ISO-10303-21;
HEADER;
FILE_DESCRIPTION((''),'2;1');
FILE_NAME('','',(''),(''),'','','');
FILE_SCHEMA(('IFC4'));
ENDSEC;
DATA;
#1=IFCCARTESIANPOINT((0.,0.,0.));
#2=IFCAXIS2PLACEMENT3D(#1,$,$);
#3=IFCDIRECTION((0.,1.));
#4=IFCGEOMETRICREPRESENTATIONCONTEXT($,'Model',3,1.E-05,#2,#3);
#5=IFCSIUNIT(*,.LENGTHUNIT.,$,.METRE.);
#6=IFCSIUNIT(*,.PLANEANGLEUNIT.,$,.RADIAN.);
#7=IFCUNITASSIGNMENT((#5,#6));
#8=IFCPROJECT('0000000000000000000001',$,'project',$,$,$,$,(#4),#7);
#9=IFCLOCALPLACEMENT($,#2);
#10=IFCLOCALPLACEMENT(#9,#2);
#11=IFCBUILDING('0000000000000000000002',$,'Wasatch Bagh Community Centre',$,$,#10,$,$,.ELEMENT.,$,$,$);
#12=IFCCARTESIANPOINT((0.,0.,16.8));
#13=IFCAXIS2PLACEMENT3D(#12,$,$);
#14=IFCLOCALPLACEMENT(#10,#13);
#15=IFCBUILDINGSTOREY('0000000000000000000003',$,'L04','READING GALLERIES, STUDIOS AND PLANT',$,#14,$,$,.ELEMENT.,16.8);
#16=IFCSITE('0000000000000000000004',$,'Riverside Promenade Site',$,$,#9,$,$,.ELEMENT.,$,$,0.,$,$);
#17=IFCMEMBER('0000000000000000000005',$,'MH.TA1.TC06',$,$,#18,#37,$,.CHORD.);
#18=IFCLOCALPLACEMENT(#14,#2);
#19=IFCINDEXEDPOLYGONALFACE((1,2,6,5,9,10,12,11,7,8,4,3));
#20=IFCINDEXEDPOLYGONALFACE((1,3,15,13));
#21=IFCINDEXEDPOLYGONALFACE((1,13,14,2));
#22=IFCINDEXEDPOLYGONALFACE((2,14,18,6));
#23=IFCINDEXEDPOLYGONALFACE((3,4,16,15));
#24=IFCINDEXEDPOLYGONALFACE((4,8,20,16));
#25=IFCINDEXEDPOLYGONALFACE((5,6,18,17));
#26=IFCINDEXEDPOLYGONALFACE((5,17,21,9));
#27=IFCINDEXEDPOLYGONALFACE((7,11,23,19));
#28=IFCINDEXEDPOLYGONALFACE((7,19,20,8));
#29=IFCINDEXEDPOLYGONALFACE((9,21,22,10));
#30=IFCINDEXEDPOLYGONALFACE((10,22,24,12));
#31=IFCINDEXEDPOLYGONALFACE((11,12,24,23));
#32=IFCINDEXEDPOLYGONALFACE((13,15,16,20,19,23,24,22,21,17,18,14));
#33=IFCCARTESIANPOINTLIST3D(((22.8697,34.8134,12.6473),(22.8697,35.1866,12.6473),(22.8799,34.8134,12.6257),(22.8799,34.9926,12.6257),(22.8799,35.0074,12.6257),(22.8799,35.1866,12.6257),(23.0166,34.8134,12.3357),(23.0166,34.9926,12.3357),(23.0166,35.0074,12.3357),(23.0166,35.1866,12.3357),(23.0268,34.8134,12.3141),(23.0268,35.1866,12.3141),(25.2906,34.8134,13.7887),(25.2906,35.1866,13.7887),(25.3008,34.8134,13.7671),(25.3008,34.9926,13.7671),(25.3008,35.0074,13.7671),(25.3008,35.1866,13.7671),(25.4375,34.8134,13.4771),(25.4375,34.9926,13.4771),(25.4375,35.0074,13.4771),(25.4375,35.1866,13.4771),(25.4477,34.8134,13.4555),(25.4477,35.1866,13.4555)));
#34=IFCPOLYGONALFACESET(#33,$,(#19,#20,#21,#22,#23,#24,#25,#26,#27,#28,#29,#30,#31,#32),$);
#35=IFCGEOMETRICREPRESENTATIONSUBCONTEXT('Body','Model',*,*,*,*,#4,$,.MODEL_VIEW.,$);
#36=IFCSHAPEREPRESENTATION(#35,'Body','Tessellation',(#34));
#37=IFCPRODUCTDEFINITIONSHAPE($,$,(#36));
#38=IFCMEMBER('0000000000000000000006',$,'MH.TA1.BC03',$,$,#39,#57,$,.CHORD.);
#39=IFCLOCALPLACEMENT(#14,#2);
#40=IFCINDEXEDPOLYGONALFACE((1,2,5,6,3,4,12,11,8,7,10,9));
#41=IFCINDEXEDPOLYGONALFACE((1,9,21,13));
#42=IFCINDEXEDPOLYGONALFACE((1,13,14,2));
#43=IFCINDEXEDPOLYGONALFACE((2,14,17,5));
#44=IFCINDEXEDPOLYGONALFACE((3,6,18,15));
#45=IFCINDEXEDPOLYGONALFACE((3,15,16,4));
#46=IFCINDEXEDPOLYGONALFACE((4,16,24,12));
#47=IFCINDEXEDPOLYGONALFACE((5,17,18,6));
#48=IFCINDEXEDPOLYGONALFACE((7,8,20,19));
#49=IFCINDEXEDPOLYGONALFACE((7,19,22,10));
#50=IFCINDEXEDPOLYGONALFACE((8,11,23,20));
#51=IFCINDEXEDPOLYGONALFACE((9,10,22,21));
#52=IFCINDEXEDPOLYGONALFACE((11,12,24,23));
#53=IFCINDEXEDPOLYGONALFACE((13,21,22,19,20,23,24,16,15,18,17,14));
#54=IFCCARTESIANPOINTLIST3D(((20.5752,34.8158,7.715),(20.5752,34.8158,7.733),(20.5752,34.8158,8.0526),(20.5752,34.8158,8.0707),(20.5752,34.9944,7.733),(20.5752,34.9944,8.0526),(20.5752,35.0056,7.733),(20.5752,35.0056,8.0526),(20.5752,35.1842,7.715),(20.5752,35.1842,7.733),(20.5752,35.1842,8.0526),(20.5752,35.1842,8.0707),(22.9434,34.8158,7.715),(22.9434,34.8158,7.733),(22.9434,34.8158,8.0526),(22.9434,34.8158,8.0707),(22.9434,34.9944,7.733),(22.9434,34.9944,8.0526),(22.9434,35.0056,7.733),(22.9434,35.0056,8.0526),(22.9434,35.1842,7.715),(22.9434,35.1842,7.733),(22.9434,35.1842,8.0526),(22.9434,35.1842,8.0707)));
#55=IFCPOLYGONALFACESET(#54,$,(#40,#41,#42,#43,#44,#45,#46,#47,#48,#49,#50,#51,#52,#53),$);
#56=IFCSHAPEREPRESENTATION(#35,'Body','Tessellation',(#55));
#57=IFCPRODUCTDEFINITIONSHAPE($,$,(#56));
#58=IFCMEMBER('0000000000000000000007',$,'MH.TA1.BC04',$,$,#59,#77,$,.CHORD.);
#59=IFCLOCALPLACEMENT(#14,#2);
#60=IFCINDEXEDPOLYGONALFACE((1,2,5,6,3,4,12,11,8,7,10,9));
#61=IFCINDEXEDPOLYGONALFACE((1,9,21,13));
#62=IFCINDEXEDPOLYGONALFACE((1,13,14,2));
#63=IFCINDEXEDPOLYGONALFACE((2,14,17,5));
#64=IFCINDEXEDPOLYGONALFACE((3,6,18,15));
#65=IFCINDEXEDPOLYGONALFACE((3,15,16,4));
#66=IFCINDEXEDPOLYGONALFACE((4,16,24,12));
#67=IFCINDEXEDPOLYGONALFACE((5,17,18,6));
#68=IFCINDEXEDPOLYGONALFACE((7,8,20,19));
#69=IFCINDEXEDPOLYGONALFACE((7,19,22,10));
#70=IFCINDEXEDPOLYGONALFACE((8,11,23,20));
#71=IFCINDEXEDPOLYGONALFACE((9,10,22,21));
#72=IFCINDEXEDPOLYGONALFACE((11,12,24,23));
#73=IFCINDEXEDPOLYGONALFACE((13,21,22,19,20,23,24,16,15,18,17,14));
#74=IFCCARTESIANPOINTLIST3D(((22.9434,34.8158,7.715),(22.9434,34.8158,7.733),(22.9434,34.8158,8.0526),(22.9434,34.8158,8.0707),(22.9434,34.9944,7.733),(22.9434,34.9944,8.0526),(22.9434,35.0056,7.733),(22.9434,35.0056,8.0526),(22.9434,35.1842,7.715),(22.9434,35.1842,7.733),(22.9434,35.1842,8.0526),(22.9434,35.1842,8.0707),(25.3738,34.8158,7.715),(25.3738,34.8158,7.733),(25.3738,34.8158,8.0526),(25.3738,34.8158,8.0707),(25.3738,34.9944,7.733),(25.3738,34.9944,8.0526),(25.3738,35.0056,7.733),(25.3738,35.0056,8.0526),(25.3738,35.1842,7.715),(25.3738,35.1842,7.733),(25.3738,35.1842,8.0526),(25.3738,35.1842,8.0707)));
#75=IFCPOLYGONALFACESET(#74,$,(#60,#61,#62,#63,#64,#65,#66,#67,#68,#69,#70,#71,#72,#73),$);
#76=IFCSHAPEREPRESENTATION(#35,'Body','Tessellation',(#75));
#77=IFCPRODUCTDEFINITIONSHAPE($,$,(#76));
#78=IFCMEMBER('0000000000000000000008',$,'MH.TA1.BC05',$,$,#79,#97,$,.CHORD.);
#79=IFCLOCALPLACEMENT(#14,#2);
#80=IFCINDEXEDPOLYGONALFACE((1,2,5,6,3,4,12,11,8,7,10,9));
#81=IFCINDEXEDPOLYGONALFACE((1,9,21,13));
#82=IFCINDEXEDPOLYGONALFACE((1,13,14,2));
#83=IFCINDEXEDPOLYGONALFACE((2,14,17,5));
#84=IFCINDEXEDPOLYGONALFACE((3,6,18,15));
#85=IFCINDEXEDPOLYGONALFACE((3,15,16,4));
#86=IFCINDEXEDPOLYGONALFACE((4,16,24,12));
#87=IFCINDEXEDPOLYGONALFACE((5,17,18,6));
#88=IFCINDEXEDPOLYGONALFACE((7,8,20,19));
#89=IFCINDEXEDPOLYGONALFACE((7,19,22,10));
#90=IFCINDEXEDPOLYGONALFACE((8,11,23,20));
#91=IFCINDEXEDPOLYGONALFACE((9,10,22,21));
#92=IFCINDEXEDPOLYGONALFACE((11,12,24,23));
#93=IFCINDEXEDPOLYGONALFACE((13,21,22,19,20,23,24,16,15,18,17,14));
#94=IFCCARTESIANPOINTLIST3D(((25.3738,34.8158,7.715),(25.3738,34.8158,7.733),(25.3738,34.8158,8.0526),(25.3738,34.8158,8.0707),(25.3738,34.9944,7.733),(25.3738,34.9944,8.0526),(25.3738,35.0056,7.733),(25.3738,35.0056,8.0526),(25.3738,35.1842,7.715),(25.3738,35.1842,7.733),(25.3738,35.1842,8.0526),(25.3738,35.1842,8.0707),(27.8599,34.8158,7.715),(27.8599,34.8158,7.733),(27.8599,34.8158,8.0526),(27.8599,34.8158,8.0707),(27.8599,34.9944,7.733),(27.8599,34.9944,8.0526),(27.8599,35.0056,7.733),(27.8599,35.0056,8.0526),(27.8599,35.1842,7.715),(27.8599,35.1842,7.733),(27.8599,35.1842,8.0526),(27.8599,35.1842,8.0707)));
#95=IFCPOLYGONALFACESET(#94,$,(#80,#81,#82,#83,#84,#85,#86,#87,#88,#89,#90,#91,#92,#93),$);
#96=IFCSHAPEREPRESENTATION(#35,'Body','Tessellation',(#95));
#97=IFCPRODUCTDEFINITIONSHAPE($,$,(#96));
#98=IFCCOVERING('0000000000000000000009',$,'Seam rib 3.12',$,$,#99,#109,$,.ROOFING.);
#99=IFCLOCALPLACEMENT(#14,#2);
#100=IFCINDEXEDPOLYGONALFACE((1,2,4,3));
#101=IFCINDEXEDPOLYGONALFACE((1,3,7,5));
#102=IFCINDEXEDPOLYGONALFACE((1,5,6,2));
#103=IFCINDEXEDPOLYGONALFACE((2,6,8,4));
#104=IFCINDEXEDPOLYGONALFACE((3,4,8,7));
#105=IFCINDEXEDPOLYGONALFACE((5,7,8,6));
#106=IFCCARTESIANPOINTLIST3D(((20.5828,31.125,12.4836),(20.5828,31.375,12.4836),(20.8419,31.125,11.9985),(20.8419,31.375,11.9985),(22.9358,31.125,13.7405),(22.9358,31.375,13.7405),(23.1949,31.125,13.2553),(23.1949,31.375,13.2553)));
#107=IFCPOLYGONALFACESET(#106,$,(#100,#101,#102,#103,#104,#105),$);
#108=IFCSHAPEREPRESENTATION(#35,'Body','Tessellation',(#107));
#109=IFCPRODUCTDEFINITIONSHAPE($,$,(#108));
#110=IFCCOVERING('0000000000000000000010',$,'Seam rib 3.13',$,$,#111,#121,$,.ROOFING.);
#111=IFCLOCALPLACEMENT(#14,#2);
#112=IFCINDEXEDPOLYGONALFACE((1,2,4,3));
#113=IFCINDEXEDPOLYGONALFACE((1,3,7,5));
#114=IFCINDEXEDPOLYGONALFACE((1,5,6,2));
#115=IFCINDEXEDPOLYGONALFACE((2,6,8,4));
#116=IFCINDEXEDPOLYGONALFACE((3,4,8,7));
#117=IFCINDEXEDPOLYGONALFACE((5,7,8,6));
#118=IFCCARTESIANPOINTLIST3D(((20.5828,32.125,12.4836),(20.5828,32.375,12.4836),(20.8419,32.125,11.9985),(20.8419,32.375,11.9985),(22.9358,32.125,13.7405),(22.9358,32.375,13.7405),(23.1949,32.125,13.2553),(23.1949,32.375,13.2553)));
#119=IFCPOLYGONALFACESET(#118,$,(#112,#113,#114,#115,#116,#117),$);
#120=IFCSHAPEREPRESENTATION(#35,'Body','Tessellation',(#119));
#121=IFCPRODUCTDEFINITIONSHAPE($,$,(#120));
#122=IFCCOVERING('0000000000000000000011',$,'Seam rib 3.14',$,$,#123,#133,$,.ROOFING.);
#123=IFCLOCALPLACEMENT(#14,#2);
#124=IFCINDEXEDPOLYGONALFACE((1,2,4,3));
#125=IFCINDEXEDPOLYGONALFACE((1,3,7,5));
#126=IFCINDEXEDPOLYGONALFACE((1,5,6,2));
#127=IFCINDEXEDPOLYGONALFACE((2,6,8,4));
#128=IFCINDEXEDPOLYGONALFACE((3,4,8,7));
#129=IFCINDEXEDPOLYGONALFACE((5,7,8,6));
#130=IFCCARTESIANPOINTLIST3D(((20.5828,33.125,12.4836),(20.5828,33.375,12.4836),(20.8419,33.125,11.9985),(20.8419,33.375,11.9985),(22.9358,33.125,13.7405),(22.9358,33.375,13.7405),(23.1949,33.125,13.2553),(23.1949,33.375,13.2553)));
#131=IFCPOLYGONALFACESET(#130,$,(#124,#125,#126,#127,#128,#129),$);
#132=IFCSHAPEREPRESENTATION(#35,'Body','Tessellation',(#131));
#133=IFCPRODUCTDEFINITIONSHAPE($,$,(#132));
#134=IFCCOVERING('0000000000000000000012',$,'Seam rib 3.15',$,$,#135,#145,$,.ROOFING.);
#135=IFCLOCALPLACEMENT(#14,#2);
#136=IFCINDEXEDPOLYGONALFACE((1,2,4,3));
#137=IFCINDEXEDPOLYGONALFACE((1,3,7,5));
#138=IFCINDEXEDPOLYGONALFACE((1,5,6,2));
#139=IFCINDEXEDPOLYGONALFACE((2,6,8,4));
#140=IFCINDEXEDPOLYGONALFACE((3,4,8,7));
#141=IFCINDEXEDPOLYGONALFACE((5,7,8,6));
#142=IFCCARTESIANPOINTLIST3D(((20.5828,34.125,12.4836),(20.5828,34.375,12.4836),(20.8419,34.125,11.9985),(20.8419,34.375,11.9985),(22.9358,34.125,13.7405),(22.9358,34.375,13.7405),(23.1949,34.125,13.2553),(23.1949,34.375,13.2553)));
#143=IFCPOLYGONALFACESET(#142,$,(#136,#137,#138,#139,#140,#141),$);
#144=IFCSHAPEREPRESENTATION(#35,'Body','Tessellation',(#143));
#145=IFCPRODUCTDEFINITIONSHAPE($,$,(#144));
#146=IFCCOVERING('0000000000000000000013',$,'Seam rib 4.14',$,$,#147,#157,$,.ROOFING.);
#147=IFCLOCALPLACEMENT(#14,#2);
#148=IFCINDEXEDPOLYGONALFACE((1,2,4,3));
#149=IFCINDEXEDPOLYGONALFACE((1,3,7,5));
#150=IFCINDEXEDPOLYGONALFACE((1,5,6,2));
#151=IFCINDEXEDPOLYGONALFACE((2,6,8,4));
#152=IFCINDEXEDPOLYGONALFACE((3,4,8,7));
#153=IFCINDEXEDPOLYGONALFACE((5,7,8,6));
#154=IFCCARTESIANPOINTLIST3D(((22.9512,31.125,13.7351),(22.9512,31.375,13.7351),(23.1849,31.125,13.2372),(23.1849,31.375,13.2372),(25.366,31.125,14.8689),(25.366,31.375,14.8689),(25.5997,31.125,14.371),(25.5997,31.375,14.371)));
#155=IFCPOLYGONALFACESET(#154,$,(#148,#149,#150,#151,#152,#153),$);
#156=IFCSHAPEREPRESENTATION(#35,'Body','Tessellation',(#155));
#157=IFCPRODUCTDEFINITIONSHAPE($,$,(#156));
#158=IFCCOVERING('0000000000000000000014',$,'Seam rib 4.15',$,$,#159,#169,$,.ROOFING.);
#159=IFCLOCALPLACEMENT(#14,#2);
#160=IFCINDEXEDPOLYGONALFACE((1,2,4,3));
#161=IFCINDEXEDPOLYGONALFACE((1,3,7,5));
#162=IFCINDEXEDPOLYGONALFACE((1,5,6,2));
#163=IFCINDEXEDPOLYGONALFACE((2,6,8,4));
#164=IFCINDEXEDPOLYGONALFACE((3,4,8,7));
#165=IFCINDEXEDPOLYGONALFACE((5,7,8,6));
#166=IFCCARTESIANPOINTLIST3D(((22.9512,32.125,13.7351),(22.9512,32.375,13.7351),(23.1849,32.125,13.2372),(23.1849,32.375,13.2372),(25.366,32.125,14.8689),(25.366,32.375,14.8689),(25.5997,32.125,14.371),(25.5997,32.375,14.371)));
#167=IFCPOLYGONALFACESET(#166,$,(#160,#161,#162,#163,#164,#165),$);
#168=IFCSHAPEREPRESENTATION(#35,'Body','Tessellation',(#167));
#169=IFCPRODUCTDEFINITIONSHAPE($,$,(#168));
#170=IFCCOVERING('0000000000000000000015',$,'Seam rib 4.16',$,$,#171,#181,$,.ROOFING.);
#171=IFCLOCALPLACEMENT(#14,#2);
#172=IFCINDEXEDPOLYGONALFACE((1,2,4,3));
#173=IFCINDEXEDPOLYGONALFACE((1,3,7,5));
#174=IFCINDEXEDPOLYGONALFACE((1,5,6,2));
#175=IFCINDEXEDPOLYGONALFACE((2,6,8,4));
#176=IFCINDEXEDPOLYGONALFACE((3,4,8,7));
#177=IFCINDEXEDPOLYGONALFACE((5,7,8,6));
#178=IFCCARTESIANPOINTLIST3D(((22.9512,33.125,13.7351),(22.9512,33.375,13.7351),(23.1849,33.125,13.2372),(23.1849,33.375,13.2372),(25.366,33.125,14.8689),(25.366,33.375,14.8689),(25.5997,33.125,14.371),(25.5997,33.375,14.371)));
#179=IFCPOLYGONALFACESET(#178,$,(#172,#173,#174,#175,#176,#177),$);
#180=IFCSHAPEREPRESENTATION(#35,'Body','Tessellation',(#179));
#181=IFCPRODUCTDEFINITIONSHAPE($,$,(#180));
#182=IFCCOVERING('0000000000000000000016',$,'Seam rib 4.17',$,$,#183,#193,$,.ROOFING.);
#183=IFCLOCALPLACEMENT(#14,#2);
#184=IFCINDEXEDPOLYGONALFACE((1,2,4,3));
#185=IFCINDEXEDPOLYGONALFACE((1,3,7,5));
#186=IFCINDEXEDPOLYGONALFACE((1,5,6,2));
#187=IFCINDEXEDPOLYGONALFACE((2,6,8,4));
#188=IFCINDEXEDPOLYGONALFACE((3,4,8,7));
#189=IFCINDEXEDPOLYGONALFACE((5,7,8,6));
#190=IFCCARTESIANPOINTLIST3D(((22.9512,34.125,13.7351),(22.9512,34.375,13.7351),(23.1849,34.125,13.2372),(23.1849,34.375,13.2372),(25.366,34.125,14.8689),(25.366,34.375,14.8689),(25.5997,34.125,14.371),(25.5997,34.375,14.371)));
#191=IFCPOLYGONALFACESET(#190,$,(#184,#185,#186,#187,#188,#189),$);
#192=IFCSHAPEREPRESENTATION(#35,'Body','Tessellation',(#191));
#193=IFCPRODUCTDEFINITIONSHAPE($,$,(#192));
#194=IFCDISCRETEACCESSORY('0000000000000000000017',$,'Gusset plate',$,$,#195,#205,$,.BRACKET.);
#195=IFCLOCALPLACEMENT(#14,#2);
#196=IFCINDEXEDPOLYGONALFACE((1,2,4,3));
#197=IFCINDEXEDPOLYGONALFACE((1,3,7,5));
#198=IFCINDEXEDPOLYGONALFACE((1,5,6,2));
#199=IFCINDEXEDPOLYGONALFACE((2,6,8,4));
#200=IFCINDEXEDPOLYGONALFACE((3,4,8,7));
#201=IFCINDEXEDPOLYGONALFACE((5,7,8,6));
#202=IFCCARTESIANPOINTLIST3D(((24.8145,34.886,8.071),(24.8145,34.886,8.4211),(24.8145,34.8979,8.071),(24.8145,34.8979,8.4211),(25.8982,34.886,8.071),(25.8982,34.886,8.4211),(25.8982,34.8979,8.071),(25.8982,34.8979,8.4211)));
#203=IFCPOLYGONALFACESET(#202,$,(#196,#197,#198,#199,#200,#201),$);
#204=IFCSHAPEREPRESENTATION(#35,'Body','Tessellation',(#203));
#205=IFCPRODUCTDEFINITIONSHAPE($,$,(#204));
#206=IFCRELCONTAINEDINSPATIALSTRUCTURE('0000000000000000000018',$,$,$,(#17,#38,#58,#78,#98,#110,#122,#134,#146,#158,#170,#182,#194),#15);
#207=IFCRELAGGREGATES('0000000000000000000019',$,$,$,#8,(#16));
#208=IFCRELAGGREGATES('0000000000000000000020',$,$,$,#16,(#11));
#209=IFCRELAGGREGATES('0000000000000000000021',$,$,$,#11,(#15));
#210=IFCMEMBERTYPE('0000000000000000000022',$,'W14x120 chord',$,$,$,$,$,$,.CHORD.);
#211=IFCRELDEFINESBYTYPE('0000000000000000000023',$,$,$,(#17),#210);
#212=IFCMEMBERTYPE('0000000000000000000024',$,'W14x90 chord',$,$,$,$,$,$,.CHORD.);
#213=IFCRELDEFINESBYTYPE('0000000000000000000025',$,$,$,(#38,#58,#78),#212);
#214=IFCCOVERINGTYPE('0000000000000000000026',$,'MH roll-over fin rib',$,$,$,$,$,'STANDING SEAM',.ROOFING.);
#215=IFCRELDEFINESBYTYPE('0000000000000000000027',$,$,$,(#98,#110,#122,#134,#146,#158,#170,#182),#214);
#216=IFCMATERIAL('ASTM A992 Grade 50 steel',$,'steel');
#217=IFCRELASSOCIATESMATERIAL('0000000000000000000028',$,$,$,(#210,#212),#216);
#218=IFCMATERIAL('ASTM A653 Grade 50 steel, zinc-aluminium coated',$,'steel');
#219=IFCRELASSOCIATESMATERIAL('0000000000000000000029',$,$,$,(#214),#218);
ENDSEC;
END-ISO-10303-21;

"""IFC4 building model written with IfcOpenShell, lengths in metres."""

from ifc_helpers import new_model, si_unit, direction, frame, origin, origin_2d, place, context, subcontext, project, spatial, polyline, i_section, outline, extrude, material, material_profile, profile_set, type_object, element, save


model = new_model("IFC4")

# Units and contexts
model_context = context("Model", 3, precision=1e-05, world=origin(), true_north=direction((0.0, 1.0)))
body_context = subcontext(model_context, "Body", "Model", "MODEL_VIEW")
ifc_project = project(units=[si_unit("LENGTHUNIT", "METRE"), si_unit("PLANEANGLEUNIT", "RADIAN")], contexts=[model_context])

# Site, building, storey
site_placement = place(None, origin())
site = spatial("IfcSite", under=ifc_project, at=site_placement, Name="Riverside Promenade Site", CompositionType="ELEMENT", RefElevation=0.0)
building_placement = place(site_placement, origin())
building = spatial("IfcBuilding", under=site, at=building_placement, Name="Wasatch Bagh Community Centre", CompositionType="ELEMENT")
storey_placement = place(building_placement, frame((0.0, 0.0, 16.8)))
storey = spatial("IfcBuildingStorey", under=building, at=storey_placement, Name="L04", Description="READING GALLERIES, STUDIOS AND PLANT", CompositionType="ELEMENT", Elevation=16.8)

# Members
ifc_material_1 = material(Name="ASTM A992 Grade 50 steel", Category="steel")
ifc_material_profile_1 = material_profile(ifc_material_1, i_section(OverallWidth=0.3733, OverallDepth=0.3684, WebThickness=0.0149, FlangeThickness=0.0239, at=origin_2d()), Name="W14x120")
ifc_profile_set_1 = profile_set([ifc_material_profile_1], Name="ASTM A992 Grade 50 steel")
member_type_1 = type_object("IfcMemberType", Name="W14x120 chord", PredefinedType="CHORD", material=ifc_profile_set_1)
member_1_placement = place(storey_placement, frame((22.9482, 35.0, 12.4807), z_axis=(0.904515, 0.0, 0.426443), x_axis=(0.0, 1.0, 0.0)))
element("IfcMember", 1, at=member_1_placement, inside=storey, type_object=member_type_1, Name="MH.TA1.TC06", PredefinedType="CHORD", context=body_context, shape_type="SweptSolid", body=[
    extrude(i_section(OverallWidth=0.3733, OverallDepth=0.3684, WebThickness=0.0149, FlangeThickness=0.0239, at=origin_2d()), origin(), (0.0, 0.0, 1.0), 2.6765),
])
ifc_material_profile_2 = material_profile(ifc_material_1, i_section(OverallWidth=0.3684, OverallDepth=0.3557, WebThickness=0.0112, FlangeThickness=0.0181, at=origin_2d()), Name="W14x90")
ifc_profile_set_2 = profile_set([ifc_material_profile_2], Name="ASTM A992 Grade 50 steel")
member_type_2 = type_object("IfcMemberType", Name="W14x90 chord", PredefinedType="CHORD", material=ifc_profile_set_2)
member_2_placement = place(storey_placement, frame((20.5752, 35.0, 7.8928), z_axis=(1.0, 0.0, 0.0), x_axis=(0.0, 1.0, 0.0)))
element("IfcMember", 2, at=member_2_placement, inside=storey, type_object=member_type_2, Name="MH.TA1.BC03", PredefinedType="CHORD", context=body_context, shape_type="SweptSolid", body=[
    extrude(i_section(OverallWidth=0.3684, OverallDepth=0.3557, WebThickness=0.0112, FlangeThickness=0.0181, at=origin_2d()), origin(), (0.0, 0.0, 1.0), 2.3682),
])
member_3_placement = place(storey_placement, frame((22.9434, 35.0, 7.8928), z_axis=(1.0, 0.0, 0.0), x_axis=(0.0, 1.0, 0.0)))
element("IfcMember", 3, at=member_3_placement, inside=storey, type_object=member_type_2, Name="MH.TA1.BC04", PredefinedType="CHORD", context=body_context, shape_type="SweptSolid", body=[
    extrude(i_section(OverallWidth=0.3684, OverallDepth=0.3557, WebThickness=0.0112, FlangeThickness=0.0181, at=origin_2d()), origin(), (0.0, 0.0, 1.0), 2.4304),
])
member_4_placement = place(storey_placement, frame((25.3738, 35.0, 7.8928), z_axis=(1.0, 0.0, 0.0), x_axis=(0.0, 1.0, 0.0)))
element("IfcMember", 4, at=member_4_placement, inside=storey, type_object=member_type_2, Name="MH.TA1.BC05", PredefinedType="CHORD", context=body_context, shape_type="SweptSolid", body=[
    extrude(i_section(OverallWidth=0.3684, OverallDepth=0.3557, WebThickness=0.0112, FlangeThickness=0.0181, at=origin_2d()), origin(), (0.0, 0.0, 1.0), 2.4861),
])

# Coverings
ifc_material_2 = material(Name="ASTM A653 Grade 50 steel, zinc-aluminium coated", Category="steel")
covering_type = type_object("IfcCoveringType", Name="MH roll-over fin rib", ElementType="STANDING SEAM", PredefinedType="ROOFING", material=ifc_material_2)
for number, where, z_axis, x_axis, name in (
    (5, (20.5828, 31.125, 12.4836), (-0.471139, 0.0, 0.882059), (0.882059, 0.0, 0.471139), "Seam rib 3.12"),
    (6, (20.5828, 32.125, 12.4836), (-0.471139, 0.0, 0.882059), (0.882059, 0.0, 0.471139), "Seam rib 3.13"),
    (7, (20.5828, 33.125, 12.4836), (-0.471139, 0.0, 0.882059), (0.882059, 0.0, 0.471139), "Seam rib 3.14"),
    (8, (20.5828, 34.125, 12.4836), (-0.471139, 0.0, 0.882059), (0.882059, 0.0, 0.471139), "Seam rib 3.15"),
):
    element("IfcCovering", number, at=place(storey_placement, frame(where, z_axis=z_axis, x_axis=x_axis)), inside=storey, type_object=covering_type, Name=name, PredefinedType="ROOFING", context=body_context, shape_type="SweptSolid", body=[
        extrude(outline(polyline([(0.0, 0.0), (2.6677, 0.0), (2.6677, 0.25), (0.0, 0.25), (0.0, 0.0)])), origin(), (0.0, 0.0, -1.0), 0.55),
    ])
for number, where, z_axis, x_axis, name in (
    (9, (22.9512, 31.125, 13.7351), (-0.425004, 0.0, 0.905192), (0.905192, 0.0, 0.425004), "Seam rib 4.14"),
    (10, (22.9512, 32.125, 13.7351), (-0.425004, 0.0, 0.905192), (0.905192, 0.0, 0.425004), "Seam rib 4.15"),
    (11, (22.9512, 33.125, 13.7351), (-0.425004, 0.0, 0.905192), (0.905192, 0.0, 0.425004), "Seam rib 4.16"),
    (12, (22.9512, 34.125, 13.7351), (-0.425004, 0.0, 0.905192), (0.905192, 0.0, 0.425004), "Seam rib 4.17"),
):
    element("IfcCovering", number, at=place(storey_placement, frame(where, z_axis=z_axis, x_axis=x_axis)), inside=storey, type_object=covering_type, Name=name, PredefinedType="ROOFING", context=body_context, shape_type="SweptSolid", body=[
        extrude(outline(polyline([(0.0, 0.0), (2.6677, 0.0), (2.6677, 0.25), (0.0, 0.25), (0.0, 0.0)])), origin(), (0.0, 0.0, -1.0), 0.55),
    ])

# Discrete accessory
discrete_accessory_1_placement = place(storey_placement, frame((24.8145, 34.886, 8.071), z_axis=(0.0, -1.0, 0.0), x_axis=(1.0, 0.0, 0.0)))
element("IfcDiscreteAccessory", 13, at=discrete_accessory_1_placement, inside=storey, Name="Gusset plate", PredefinedType="BRACKET", context=body_context, shape_type="SweptSolid", body=[
    extrude(outline(polyline([(0.0, 0.0), (1.0837, 0.0), (1.0837, 0.3501), (0.0, 0.3501), (0.0, 0.0)])), origin(), (0.0, 0.0, -1.0), 0.012),
])

save(model, "model.ifc")
